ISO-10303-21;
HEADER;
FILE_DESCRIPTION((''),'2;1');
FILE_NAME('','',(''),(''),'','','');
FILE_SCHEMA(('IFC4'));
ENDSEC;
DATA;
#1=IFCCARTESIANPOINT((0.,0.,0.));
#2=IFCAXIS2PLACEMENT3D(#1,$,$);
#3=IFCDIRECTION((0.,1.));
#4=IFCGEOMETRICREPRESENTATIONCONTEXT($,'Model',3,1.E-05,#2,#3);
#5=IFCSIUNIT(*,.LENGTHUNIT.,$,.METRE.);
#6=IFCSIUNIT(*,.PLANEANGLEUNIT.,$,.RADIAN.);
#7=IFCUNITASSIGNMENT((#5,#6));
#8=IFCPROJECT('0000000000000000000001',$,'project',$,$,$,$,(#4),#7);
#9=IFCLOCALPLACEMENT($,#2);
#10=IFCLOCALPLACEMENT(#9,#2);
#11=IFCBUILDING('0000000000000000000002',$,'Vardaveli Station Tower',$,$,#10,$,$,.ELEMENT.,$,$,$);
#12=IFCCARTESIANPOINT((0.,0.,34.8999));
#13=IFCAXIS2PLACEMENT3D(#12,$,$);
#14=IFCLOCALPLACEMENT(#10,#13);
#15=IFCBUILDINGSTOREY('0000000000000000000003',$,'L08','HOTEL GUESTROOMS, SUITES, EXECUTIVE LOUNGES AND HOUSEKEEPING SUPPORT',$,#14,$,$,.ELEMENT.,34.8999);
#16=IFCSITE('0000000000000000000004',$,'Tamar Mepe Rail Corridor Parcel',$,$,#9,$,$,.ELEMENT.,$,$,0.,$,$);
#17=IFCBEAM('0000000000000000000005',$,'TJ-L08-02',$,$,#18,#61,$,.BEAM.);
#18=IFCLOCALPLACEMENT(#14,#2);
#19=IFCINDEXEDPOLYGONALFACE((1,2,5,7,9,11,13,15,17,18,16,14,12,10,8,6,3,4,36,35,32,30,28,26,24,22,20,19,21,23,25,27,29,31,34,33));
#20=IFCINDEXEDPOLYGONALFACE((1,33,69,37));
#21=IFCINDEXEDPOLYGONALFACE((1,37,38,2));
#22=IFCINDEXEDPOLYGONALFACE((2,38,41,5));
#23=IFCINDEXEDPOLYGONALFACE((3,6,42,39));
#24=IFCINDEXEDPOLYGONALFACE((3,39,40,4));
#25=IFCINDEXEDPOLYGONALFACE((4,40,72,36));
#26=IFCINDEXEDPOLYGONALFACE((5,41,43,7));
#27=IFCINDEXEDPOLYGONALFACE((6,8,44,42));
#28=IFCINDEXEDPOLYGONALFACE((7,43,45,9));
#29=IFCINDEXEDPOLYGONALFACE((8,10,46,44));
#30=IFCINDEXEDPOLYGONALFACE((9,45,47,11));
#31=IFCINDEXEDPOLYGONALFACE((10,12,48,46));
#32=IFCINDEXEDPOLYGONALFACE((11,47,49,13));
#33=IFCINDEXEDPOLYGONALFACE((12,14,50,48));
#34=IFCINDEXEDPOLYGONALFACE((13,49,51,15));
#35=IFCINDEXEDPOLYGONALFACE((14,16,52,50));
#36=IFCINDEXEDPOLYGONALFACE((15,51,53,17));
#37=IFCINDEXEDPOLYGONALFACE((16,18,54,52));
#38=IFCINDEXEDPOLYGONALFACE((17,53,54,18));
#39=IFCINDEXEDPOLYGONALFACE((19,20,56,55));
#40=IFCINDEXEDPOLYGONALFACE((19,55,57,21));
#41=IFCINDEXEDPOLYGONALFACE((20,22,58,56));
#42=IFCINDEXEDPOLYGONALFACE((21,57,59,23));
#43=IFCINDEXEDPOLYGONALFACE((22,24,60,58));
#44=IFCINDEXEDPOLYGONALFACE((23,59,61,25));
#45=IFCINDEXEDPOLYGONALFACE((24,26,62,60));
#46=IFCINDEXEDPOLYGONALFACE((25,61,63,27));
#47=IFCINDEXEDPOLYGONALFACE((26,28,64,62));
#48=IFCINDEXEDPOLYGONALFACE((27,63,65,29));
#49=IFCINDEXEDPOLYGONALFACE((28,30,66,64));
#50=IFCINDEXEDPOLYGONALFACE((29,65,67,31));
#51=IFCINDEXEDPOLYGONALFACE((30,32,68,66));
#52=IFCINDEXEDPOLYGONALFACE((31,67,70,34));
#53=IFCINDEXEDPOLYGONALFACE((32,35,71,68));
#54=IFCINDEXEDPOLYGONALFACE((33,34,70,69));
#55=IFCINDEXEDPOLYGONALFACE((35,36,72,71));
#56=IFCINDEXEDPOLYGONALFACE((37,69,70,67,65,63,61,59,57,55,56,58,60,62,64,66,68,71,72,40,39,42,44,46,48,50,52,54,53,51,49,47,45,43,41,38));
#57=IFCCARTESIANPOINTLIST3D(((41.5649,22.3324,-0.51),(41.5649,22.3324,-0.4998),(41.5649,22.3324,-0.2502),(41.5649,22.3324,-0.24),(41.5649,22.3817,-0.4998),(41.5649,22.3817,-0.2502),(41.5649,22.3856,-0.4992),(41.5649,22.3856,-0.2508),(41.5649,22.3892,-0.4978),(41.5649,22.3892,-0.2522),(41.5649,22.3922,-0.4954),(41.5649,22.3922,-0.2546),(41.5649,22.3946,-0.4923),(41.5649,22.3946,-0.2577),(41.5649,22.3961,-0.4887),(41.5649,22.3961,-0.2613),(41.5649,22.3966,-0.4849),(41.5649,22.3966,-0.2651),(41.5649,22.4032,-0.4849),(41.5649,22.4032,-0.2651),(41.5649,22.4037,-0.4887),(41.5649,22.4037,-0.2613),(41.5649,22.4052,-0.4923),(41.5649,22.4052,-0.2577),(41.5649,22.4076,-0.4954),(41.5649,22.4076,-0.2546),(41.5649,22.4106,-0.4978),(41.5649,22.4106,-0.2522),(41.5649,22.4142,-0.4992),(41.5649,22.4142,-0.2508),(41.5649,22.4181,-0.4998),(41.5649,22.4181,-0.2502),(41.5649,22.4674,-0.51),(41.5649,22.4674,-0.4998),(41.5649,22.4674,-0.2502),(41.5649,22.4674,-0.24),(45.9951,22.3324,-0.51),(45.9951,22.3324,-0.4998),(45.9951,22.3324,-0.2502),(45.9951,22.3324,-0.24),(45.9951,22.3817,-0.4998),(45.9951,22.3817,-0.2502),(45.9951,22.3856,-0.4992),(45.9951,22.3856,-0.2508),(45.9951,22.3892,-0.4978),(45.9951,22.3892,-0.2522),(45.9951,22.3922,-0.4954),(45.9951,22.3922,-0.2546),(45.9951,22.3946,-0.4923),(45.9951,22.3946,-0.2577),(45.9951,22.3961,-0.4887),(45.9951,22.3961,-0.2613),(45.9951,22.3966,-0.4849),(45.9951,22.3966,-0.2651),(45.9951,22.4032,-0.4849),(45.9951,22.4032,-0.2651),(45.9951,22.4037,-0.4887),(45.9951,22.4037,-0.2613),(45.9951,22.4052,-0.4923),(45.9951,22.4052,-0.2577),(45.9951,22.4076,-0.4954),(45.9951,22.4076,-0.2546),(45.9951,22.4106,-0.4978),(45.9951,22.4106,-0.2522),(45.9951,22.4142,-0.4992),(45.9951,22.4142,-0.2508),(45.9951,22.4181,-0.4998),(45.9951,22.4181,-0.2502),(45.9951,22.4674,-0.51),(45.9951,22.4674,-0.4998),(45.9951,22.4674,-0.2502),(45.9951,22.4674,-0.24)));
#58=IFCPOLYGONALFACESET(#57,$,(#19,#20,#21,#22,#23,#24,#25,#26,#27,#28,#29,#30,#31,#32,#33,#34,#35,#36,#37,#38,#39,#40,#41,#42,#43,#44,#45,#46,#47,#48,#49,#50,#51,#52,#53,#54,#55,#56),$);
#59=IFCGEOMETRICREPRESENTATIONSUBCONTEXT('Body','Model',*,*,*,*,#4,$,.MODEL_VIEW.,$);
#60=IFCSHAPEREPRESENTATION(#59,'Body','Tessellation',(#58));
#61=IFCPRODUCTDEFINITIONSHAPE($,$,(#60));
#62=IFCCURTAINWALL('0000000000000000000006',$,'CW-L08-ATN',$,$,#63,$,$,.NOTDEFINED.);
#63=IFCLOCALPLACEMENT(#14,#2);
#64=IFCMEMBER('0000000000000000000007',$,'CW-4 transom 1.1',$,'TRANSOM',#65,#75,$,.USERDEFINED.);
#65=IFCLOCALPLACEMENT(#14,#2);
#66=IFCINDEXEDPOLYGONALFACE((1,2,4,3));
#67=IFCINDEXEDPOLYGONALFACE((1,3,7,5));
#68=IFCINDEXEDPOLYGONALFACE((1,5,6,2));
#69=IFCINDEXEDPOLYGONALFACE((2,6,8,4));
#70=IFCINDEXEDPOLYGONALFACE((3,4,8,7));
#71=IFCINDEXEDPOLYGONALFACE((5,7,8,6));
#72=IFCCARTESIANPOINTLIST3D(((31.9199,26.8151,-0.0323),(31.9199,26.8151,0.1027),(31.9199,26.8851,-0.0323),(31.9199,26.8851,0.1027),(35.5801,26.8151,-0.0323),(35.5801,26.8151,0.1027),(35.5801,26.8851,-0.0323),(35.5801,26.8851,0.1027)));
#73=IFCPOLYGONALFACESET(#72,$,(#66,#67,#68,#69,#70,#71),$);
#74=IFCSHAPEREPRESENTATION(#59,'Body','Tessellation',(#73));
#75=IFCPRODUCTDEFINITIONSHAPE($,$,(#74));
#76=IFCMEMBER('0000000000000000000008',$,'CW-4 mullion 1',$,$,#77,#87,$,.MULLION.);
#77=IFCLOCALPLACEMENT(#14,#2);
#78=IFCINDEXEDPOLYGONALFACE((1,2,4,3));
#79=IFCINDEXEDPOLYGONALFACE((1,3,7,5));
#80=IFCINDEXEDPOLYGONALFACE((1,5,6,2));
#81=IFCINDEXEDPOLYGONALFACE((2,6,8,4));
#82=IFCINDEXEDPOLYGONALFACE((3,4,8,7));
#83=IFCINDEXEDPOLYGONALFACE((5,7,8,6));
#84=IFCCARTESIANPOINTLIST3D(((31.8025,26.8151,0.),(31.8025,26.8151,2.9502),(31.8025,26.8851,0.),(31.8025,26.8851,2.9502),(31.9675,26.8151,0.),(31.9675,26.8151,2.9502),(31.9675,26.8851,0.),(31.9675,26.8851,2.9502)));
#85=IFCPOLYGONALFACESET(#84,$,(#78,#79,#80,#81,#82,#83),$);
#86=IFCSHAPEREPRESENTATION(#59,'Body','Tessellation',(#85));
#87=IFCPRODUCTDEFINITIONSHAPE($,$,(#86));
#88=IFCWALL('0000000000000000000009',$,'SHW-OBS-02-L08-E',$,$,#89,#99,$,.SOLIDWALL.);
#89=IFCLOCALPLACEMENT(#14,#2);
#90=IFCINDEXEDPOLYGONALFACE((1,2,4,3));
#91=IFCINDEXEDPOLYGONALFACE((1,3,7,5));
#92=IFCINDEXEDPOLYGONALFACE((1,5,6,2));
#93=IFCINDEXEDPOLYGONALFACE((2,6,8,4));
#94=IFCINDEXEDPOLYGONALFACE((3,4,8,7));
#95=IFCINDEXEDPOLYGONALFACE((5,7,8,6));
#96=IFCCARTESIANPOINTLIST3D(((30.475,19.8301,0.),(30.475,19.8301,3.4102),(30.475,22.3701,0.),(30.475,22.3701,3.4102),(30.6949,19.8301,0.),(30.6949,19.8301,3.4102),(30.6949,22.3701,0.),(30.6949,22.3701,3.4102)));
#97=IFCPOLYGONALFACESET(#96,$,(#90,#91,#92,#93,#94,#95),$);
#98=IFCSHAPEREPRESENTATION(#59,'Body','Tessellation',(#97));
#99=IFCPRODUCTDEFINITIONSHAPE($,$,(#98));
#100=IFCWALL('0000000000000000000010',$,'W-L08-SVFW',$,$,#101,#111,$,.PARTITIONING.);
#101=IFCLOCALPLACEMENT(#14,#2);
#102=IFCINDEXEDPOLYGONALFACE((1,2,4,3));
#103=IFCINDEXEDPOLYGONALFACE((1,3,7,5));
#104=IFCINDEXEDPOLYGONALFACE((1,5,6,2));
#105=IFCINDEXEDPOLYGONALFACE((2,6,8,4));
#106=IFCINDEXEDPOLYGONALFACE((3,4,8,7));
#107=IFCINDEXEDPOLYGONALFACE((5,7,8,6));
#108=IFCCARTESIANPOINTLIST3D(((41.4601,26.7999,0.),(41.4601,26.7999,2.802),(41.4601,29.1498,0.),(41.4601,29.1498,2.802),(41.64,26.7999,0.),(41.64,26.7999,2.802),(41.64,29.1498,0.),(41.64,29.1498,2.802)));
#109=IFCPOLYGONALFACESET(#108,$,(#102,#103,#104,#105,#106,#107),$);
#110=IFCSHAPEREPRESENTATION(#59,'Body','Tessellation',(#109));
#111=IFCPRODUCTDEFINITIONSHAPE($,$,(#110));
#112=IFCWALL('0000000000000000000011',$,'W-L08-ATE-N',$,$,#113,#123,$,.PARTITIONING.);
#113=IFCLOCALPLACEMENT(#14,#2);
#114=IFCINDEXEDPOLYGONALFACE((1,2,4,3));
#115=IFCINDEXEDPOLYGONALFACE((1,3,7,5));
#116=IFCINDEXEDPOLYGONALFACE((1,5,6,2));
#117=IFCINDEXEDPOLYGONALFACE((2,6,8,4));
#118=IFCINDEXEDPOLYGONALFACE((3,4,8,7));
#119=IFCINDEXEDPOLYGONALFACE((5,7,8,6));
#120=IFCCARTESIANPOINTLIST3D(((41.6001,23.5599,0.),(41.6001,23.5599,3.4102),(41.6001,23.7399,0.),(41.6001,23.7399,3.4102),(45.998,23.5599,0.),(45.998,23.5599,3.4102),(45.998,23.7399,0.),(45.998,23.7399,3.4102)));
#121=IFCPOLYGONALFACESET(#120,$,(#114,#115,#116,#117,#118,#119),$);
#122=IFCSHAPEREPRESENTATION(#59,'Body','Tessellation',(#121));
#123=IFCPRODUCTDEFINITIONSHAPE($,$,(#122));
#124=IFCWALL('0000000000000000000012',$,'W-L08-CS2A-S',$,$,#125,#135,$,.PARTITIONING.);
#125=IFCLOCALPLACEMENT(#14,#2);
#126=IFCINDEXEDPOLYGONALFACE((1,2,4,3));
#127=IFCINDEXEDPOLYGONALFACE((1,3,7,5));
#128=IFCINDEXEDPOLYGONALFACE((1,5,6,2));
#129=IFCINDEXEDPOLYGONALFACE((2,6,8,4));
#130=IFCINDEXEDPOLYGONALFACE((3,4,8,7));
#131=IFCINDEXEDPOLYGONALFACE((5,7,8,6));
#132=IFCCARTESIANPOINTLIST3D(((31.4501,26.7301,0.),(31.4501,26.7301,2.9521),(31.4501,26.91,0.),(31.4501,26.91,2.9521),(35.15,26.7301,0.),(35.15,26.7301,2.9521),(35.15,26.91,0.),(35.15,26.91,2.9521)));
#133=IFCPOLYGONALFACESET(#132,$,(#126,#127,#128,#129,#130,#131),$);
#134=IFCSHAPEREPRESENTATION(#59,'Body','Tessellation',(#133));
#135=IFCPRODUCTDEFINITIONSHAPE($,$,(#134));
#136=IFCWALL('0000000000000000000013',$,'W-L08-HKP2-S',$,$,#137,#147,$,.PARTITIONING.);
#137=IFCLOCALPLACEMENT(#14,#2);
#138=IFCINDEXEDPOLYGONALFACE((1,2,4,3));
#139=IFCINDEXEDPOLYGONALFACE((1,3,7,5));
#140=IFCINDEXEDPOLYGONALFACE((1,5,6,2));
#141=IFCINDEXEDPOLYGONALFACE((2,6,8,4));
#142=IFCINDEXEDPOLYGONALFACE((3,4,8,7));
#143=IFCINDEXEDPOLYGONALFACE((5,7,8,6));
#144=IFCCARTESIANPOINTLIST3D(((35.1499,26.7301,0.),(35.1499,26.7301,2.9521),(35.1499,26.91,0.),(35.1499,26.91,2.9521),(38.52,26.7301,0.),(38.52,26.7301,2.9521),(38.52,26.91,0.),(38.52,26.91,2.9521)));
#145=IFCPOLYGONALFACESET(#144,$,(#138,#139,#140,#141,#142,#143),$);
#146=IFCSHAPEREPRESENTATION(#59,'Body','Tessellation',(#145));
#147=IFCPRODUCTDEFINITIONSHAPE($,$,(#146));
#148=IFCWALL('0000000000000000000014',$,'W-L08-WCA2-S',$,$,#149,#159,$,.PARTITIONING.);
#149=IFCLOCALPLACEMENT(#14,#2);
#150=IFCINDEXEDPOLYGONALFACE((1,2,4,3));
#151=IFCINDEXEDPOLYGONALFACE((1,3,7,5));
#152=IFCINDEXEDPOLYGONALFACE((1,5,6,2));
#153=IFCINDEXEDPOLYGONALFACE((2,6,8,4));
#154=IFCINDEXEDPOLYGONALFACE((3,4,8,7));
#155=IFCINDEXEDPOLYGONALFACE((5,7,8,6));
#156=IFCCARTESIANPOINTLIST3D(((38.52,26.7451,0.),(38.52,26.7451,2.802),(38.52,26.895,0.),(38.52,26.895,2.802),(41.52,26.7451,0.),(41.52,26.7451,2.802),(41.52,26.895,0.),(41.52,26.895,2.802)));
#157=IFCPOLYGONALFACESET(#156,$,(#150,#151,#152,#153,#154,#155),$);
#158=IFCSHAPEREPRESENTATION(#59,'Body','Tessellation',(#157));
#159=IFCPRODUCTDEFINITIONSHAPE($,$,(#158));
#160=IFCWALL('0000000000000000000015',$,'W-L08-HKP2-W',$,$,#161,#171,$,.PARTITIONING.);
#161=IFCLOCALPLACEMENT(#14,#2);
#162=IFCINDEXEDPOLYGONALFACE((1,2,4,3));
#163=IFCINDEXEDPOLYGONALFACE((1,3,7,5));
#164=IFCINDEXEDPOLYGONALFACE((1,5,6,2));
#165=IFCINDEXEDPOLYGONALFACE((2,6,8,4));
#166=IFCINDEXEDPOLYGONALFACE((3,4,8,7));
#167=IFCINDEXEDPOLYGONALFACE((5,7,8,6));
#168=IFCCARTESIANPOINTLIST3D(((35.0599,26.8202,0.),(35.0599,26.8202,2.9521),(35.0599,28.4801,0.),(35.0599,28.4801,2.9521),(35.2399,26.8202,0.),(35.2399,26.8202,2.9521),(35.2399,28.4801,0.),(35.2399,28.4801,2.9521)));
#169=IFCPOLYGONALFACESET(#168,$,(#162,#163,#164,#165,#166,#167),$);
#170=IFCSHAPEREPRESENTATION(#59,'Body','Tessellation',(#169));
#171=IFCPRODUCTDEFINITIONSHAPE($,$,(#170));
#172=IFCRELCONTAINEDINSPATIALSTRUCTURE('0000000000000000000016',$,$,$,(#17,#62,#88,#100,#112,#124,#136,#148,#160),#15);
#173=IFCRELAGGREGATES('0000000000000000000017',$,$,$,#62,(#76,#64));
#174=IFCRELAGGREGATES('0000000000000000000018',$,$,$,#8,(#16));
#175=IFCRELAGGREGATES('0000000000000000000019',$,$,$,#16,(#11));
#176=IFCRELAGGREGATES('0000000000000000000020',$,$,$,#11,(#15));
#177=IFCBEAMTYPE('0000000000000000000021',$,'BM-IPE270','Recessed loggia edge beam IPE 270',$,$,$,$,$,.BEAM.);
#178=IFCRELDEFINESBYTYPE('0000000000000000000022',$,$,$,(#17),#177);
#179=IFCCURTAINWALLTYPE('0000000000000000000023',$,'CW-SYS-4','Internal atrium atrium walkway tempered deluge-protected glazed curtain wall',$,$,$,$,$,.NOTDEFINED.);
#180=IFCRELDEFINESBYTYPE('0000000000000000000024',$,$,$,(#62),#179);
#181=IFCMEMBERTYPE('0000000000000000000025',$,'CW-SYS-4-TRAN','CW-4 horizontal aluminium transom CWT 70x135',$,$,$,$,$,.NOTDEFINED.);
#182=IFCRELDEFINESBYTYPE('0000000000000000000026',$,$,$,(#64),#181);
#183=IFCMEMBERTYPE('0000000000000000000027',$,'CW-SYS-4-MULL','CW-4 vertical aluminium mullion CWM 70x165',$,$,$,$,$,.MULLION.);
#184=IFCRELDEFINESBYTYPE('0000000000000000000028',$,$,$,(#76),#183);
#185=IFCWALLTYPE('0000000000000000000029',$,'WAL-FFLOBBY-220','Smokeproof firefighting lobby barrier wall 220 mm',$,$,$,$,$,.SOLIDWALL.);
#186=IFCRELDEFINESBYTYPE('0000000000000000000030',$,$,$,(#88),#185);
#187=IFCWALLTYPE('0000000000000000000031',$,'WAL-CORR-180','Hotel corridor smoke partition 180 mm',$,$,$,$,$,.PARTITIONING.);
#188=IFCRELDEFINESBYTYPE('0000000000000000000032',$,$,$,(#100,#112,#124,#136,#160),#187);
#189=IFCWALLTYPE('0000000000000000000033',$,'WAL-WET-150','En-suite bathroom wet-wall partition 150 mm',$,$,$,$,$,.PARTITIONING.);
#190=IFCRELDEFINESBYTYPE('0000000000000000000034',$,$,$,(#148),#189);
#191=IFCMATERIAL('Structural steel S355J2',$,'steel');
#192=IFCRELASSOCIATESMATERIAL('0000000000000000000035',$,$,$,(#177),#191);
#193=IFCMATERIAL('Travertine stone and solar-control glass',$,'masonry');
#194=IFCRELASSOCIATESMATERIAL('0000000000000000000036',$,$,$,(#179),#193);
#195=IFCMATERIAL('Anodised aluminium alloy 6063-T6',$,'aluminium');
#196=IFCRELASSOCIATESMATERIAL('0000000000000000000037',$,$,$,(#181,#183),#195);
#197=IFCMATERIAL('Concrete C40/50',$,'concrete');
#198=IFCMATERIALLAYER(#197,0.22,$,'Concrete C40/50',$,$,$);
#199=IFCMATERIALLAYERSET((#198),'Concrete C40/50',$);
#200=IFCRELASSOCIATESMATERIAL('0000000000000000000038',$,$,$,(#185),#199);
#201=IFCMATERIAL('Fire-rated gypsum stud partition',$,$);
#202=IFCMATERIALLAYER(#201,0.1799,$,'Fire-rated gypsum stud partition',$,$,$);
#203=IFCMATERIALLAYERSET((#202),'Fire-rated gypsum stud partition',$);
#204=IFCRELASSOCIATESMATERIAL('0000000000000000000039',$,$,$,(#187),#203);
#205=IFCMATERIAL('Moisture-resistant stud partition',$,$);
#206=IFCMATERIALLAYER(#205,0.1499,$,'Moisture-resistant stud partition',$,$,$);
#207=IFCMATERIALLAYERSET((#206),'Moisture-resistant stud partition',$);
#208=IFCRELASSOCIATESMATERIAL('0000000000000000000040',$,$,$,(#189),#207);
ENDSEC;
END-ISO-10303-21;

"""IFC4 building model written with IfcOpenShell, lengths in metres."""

from ifc_helpers import new_model, si_unit, direction, frame, frame_2d, origin, origin_2d, place, context, subcontext, project, spatial, rectangle, i_section, extrude, source, transform, mapped, material, layer, layer_set, material_profile, profile_set, type_object, element, aggregate, save


model = new_model("IFC4")

# Units and contexts
model_context = context("Model", 3, precision=1e-05, world=origin(), true_north=direction((0.0, 1.0)))
body_context = subcontext(model_context, "Body", "Model", "MODEL_VIEW")
ifc_project = project(units=[si_unit("LENGTHUNIT", "METRE"), si_unit("PLANEANGLEUNIT", "RADIAN")], contexts=[model_context])

# Site, building, storey
site_placement = place(None, origin())
site = spatial("IfcSite", under=ifc_project, at=site_placement, Name="Tamar Mepe Rail Corridor Parcel", CompositionType="ELEMENT", RefElevation=0.0)
building_placement = place(site_placement, origin())
building = spatial("IfcBuilding", under=site, at=building_placement, Name="Vardaveli Station Tower", CompositionType="ELEMENT")
storey_placement = place(building_placement, frame((0.0, 0.0, 34.8999)))
storey = spatial("IfcBuildingStorey", under=building, at=storey_placement, Name="L08", Description="HOTEL GUESTROOMS, SUITES, EXECUTIVE LOUNGES AND HOUSEKEEPING SUPPORT", CompositionType="ELEMENT", Elevation=34.8999)

# Beam
ifc_material_1 = material(Name="Structural steel S355J2", Category="steel")
ifc_material_profile_1 = material_profile(ifc_material_1, i_section(OverallWidth=0.135, OverallDepth=0.27, WebThickness=0.0066, FlangeThickness=0.0103, FilletRadius=0.0149, at=origin_2d()), Name="IPE 270")
ifc_profile_set_1 = profile_set([ifc_material_profile_1], Name="Structural steel S355J2")
beam_type_1 = type_object("IfcBeamType", Name="BM-IPE270", Description="Recessed loggia edge beam IPE 270", PredefinedType="BEAM", material=ifc_profile_set_1)
shared_shape_1 = source(origin(), body_context, "Body", "SweptSolid", [
    extrude(i_section(OverallWidth=0.135, OverallDepth=0.27, WebThickness=0.0066, FlangeThickness=0.0103, FilletRadius=0.0149, at=origin_2d()), origin(), (0.0, 0.0, 1.0), 4.4302),
])
beam_1_placement = place(storey_placement, frame((41.5649, 22.3999, -0.375), z_axis=(1.0, 0.0, 0.0), x_axis=(0.0, 1.0, 0.0)))
element("IfcBeam", 1, at=beam_1_placement, inside=storey, type_object=beam_type_1, Name="TJ-L08-02", PredefinedType="BEAM", context=body_context, shape_type="MappedRepresentation", body=[
    mapped(shared_shape_1, transform((0.0, 0.0, 0.0), scale=1.0)),
])

# Curtain wall, members
ifc_material_2 = material(Name="Travertine stone and solar-control glass", Category="masonry")
curtain_wall_type = type_object("IfcCurtainWallType", Name="CW-SYS-4", Description="Internal atrium atrium walkway tempered deluge-protected glazed curtain wall", PredefinedType="NOTDEFINED", material=ifc_material_2)
curtain_wall_placement = place(storey_placement, origin())
curtain_wall = element("IfcCurtainWall", 2, at=curtain_wall_placement, inside=storey, type_object=curtain_wall_type, Name="CW-L08-ATN", PredefinedType="NOTDEFINED")
ifc_material_3 = material(Name="Anodised aluminium alloy 6063-T6", Category="aluminium")
ifc_material_profile_2 = material_profile(ifc_material_3, rectangle(XDim=0.0701, YDim=0.135, at=origin_2d()), Name="CWT 70x135")
ifc_profile_set_2 = profile_set([ifc_material_profile_2], Name="Anodised aluminium alloy 6063-T6")
member_type_1 = type_object("IfcMemberType", Name="CW-SYS-4-TRAN", Description="CW-4 horizontal aluminium transom CWT 70x135", PredefinedType="NOTDEFINED", material=ifc_profile_set_2)
shared_shape_2 = source(origin(), body_context, "Body", "SweptSolid", [
    extrude(rectangle(XDim=0.0701, YDim=0.135, at=origin_2d()), origin(), (0.0, 0.0, 1.0), 3.6602),
])
member_1_placement = place(storey_placement, frame((31.9199, 26.8501, 0.0352), z_axis=(1.0, 0.0, 0.0), x_axis=(0.0, 1.0, 0.0)))
member_1 = element("IfcMember", 3, at=member_1_placement, type_object=member_type_1, Name="CW-4 transom 1.1", ObjectType="TRANSOM", PredefinedType="USERDEFINED", context=body_context, shape_type="MappedRepresentation", body=[
    mapped(shared_shape_2, transform((0.0, 0.0, 0.0), scale=1.0)),
])
ifc_material_profile_3 = material_profile(ifc_material_3, rectangle(XDim=0.0701, YDim=0.165, at=origin_2d()), Name="CWM 70x165")
ifc_profile_set_3 = profile_set([ifc_material_profile_3], Name="Anodised aluminium alloy 6063-T6")
member_type_2 = type_object("IfcMemberType", Name="CW-SYS-4-MULL", Description="CW-4 vertical aluminium mullion CWM 70x165", PredefinedType="MULLION", material=ifc_profile_set_3)
shared_shape_3 = source(origin(), body_context, "Body", "SweptSolid", [
    extrude(rectangle(XDim=0.0701, YDim=0.165, at=origin_2d()), origin(), (0.0, 0.0, 1.0), 2.9502),
])
member_2_placement = place(storey_placement, frame((31.885, 26.8501, 0.0), z_axis=(0.0, 0.0, 1.0), x_axis=(0.0, 1.0, 0.0)))
member_2 = element("IfcMember", 4, at=member_2_placement, type_object=member_type_2, Name="CW-4 mullion 1", PredefinedType="MULLION", context=body_context, shape_type="MappedRepresentation", body=[
    mapped(shared_shape_3, transform((0.0, 0.0, 0.0), scale=1.0)),
])
aggregate(curtain_wall, [member_2, member_1])

# Walls
ifc_material_4 = material(Name="Concrete C40/50", Category="concrete")
ifc_layer_1 = layer(ifc_material_4, 0.22, Name="Concrete C40/50")
ifc_layer_set_1 = layer_set([ifc_layer_1], Name="Concrete C40/50")
wall_type_1 = type_object("IfcWallType", Name="WAL-FFLOBBY-220", Description="Smokeproof firefighting lobby barrier wall 220 mm", PredefinedType="SOLIDWALL", material=ifc_layer_set_1)
shared_shape_4 = source(origin(), body_context, "Body", "SweptSolid", [
    extrude(rectangle(XDim=2.54, YDim=0.22, at=frame_2d((1.27, 0.0))), origin(), (0.0, 0.0, 1.0), 3.4102),
])
wall_1_placement = place(storey_placement, frame((30.585, 19.8301, 0.0), z_axis=(0.0, 0.0, 1.0), x_axis=(0.0, 1.0, 0.0)))
element("IfcWall", 5, at=wall_1_placement, inside=storey, type_object=wall_type_1, Name="SHW-OBS-02-L08-E", PredefinedType="SOLIDWALL", context=body_context, shape_type="MappedRepresentation", body=[
    mapped(shared_shape_4, transform((0.0, 0.0, 0.0), scale=1.0)),
])
ifc_material_5 = material(Name="Fire-rated gypsum stud partition")
ifc_layer_2 = layer(ifc_material_5, 0.1799, Name="Fire-rated gypsum stud partition")
ifc_layer_set_2 = layer_set([ifc_layer_2], Name="Fire-rated gypsum stud partition")
wall_type_2 = type_object("IfcWallType", Name="WAL-CORR-180", Description="Hotel corridor smoke partition 180 mm", PredefinedType="PARTITIONING", material=ifc_layer_set_2)
shared_shape_5 = source(origin(), body_context, "Body", "SweptSolid", [
    extrude(rectangle(XDim=2.3499, YDim=0.1799, at=frame_2d((1.1748, 0.0))), origin(), (0.0, 0.0, 1.0), 2.802),
])
wall_2_placement = place(storey_placement, frame((41.55, 26.8, 0.0), z_axis=(0.0, 0.0, 1.0), x_axis=(0.0, 1.0, 0.0)))
element("IfcWall", 6, at=wall_2_placement, inside=storey, type_object=wall_type_2, Name="W-L08-SVFW", PredefinedType="PARTITIONING", context=body_context, shape_type="MappedRepresentation", body=[
    mapped(shared_shape_5, transform((0.0, 0.0, 0.0), scale=1.0)),
])
shared_shape_6 = source(origin(), body_context, "Body", "SweptSolid", [
    extrude(rectangle(XDim=4.3979, YDim=0.1799, at=frame_2d((2.199, 0.0))), origin(), (0.0, 0.0, 1.0), 3.4102),
])
wall_3_placement = place(storey_placement, frame((41.6001, 23.6499, 0.0), z_axis=(0.0, 0.0, 1.0), x_axis=(1.0, 0.0, 0.0)))
element("IfcWall", 7, at=wall_3_placement, inside=storey, type_object=wall_type_2, Name="W-L08-ATE-N", PredefinedType="PARTITIONING", context=body_context, shape_type="MappedRepresentation", body=[
    mapped(shared_shape_6, transform((0.0, 0.0, 0.0), scale=1.0)),
])
shared_shape_7 = source(origin(), body_context, "Body", "SweptSolid", [
    extrude(rectangle(XDim=3.7, YDim=0.1799, at=frame_2d((1.8501, 0.0))), origin(), (0.0, 0.0, 1.0), 2.9521),
])
wall_4_placement = place(storey_placement, frame((31.45, 26.8201, 0.0), z_axis=(0.0, 0.0, 1.0), x_axis=(1.0, 0.0, 0.0)))
element("IfcWall", 8, at=wall_4_placement, inside=storey, type_object=wall_type_2, Name="W-L08-CS2A-S", PredefinedType="PARTITIONING", context=body_context, shape_type="MappedRepresentation", body=[
    mapped(shared_shape_7, transform((0.0, 0.0, 0.0), scale=1.0)),
])
shared_shape_8 = source(origin(), body_context, "Body", "SweptSolid", [
    extrude(rectangle(XDim=3.3701, YDim=0.1799, at=frame_2d((1.6851, 0.0))), origin(), (0.0, 0.0, 1.0), 2.9521),
])
wall_5_placement = place(storey_placement, frame((35.1499, 26.8201, 0.0), z_axis=(0.0, 0.0, 1.0), x_axis=(1.0, 0.0, 0.0)))
element("IfcWall", 9, at=wall_5_placement, inside=storey, type_object=wall_type_2, Name="W-L08-HKP2-S", PredefinedType="PARTITIONING", context=body_context, shape_type="MappedRepresentation", body=[
    mapped(shared_shape_8, transform((0.0, 0.0, 0.0), scale=1.0)),
])
ifc_material_6 = material(Name="Moisture-resistant stud partition")
ifc_layer_3 = layer(ifc_material_6, 0.1499, Name="Moisture-resistant stud partition")
ifc_layer_set_3 = layer_set([ifc_layer_3], Name="Moisture-resistant stud partition")
wall_type_3 = type_object("IfcWallType", Name="WAL-WET-150", Description="En-suite bathroom wet-wall partition 150 mm", PredefinedType="PARTITIONING", material=ifc_layer_set_3)
shared_shape_9 = source(origin(), body_context, "Body", "SweptSolid", [
    extrude(rectangle(XDim=3.0, YDim=0.1499, at=frame_2d((1.5, 0.0))), origin(), (0.0, 0.0, 1.0), 2.802),
])
wall_6_placement = place(storey_placement, frame((38.52, 26.8201, 0.0), z_axis=(0.0, 0.0, 1.0), x_axis=(1.0, 0.0, 0.0)))
element("IfcWall", 10, at=wall_6_placement, inside=storey, type_object=wall_type_3, Name="W-L08-WCA2-S", PredefinedType="PARTITIONING", context=body_context, shape_type="MappedRepresentation", body=[
    mapped(shared_shape_9, transform((0.0, 0.0, 0.0), scale=1.0)),
])
shared_shape_10 = source(origin(), body_context, "Body", "SweptSolid", [
    extrude(rectangle(XDim=1.6599, YDim=0.1799, at=frame_2d((0.8301, 0.0))), origin(), (0.0, 0.0, 1.0), 2.9521),
])
for number, where, z_axis, x_axis, name in (
    (11, (35.1499, 26.8201, 0.0), (0.0, 0.0, 1.0), (0.0, 1.0, 0.0), "W-L08-HKP2-W"),
):
    element("IfcWall", number, at=place(storey_placement, frame(where, z_axis=z_axis, x_axis=x_axis)), inside=storey, type_object=wall_type_2, Name=name, PredefinedType="PARTITIONING", context=body_context, shape_type="MappedRepresentation", body=[
        mapped(shared_shape_10, transform((0.0, 0.0, 0.0), scale=1.0)),
    ])

save(model, "model.ifc")
